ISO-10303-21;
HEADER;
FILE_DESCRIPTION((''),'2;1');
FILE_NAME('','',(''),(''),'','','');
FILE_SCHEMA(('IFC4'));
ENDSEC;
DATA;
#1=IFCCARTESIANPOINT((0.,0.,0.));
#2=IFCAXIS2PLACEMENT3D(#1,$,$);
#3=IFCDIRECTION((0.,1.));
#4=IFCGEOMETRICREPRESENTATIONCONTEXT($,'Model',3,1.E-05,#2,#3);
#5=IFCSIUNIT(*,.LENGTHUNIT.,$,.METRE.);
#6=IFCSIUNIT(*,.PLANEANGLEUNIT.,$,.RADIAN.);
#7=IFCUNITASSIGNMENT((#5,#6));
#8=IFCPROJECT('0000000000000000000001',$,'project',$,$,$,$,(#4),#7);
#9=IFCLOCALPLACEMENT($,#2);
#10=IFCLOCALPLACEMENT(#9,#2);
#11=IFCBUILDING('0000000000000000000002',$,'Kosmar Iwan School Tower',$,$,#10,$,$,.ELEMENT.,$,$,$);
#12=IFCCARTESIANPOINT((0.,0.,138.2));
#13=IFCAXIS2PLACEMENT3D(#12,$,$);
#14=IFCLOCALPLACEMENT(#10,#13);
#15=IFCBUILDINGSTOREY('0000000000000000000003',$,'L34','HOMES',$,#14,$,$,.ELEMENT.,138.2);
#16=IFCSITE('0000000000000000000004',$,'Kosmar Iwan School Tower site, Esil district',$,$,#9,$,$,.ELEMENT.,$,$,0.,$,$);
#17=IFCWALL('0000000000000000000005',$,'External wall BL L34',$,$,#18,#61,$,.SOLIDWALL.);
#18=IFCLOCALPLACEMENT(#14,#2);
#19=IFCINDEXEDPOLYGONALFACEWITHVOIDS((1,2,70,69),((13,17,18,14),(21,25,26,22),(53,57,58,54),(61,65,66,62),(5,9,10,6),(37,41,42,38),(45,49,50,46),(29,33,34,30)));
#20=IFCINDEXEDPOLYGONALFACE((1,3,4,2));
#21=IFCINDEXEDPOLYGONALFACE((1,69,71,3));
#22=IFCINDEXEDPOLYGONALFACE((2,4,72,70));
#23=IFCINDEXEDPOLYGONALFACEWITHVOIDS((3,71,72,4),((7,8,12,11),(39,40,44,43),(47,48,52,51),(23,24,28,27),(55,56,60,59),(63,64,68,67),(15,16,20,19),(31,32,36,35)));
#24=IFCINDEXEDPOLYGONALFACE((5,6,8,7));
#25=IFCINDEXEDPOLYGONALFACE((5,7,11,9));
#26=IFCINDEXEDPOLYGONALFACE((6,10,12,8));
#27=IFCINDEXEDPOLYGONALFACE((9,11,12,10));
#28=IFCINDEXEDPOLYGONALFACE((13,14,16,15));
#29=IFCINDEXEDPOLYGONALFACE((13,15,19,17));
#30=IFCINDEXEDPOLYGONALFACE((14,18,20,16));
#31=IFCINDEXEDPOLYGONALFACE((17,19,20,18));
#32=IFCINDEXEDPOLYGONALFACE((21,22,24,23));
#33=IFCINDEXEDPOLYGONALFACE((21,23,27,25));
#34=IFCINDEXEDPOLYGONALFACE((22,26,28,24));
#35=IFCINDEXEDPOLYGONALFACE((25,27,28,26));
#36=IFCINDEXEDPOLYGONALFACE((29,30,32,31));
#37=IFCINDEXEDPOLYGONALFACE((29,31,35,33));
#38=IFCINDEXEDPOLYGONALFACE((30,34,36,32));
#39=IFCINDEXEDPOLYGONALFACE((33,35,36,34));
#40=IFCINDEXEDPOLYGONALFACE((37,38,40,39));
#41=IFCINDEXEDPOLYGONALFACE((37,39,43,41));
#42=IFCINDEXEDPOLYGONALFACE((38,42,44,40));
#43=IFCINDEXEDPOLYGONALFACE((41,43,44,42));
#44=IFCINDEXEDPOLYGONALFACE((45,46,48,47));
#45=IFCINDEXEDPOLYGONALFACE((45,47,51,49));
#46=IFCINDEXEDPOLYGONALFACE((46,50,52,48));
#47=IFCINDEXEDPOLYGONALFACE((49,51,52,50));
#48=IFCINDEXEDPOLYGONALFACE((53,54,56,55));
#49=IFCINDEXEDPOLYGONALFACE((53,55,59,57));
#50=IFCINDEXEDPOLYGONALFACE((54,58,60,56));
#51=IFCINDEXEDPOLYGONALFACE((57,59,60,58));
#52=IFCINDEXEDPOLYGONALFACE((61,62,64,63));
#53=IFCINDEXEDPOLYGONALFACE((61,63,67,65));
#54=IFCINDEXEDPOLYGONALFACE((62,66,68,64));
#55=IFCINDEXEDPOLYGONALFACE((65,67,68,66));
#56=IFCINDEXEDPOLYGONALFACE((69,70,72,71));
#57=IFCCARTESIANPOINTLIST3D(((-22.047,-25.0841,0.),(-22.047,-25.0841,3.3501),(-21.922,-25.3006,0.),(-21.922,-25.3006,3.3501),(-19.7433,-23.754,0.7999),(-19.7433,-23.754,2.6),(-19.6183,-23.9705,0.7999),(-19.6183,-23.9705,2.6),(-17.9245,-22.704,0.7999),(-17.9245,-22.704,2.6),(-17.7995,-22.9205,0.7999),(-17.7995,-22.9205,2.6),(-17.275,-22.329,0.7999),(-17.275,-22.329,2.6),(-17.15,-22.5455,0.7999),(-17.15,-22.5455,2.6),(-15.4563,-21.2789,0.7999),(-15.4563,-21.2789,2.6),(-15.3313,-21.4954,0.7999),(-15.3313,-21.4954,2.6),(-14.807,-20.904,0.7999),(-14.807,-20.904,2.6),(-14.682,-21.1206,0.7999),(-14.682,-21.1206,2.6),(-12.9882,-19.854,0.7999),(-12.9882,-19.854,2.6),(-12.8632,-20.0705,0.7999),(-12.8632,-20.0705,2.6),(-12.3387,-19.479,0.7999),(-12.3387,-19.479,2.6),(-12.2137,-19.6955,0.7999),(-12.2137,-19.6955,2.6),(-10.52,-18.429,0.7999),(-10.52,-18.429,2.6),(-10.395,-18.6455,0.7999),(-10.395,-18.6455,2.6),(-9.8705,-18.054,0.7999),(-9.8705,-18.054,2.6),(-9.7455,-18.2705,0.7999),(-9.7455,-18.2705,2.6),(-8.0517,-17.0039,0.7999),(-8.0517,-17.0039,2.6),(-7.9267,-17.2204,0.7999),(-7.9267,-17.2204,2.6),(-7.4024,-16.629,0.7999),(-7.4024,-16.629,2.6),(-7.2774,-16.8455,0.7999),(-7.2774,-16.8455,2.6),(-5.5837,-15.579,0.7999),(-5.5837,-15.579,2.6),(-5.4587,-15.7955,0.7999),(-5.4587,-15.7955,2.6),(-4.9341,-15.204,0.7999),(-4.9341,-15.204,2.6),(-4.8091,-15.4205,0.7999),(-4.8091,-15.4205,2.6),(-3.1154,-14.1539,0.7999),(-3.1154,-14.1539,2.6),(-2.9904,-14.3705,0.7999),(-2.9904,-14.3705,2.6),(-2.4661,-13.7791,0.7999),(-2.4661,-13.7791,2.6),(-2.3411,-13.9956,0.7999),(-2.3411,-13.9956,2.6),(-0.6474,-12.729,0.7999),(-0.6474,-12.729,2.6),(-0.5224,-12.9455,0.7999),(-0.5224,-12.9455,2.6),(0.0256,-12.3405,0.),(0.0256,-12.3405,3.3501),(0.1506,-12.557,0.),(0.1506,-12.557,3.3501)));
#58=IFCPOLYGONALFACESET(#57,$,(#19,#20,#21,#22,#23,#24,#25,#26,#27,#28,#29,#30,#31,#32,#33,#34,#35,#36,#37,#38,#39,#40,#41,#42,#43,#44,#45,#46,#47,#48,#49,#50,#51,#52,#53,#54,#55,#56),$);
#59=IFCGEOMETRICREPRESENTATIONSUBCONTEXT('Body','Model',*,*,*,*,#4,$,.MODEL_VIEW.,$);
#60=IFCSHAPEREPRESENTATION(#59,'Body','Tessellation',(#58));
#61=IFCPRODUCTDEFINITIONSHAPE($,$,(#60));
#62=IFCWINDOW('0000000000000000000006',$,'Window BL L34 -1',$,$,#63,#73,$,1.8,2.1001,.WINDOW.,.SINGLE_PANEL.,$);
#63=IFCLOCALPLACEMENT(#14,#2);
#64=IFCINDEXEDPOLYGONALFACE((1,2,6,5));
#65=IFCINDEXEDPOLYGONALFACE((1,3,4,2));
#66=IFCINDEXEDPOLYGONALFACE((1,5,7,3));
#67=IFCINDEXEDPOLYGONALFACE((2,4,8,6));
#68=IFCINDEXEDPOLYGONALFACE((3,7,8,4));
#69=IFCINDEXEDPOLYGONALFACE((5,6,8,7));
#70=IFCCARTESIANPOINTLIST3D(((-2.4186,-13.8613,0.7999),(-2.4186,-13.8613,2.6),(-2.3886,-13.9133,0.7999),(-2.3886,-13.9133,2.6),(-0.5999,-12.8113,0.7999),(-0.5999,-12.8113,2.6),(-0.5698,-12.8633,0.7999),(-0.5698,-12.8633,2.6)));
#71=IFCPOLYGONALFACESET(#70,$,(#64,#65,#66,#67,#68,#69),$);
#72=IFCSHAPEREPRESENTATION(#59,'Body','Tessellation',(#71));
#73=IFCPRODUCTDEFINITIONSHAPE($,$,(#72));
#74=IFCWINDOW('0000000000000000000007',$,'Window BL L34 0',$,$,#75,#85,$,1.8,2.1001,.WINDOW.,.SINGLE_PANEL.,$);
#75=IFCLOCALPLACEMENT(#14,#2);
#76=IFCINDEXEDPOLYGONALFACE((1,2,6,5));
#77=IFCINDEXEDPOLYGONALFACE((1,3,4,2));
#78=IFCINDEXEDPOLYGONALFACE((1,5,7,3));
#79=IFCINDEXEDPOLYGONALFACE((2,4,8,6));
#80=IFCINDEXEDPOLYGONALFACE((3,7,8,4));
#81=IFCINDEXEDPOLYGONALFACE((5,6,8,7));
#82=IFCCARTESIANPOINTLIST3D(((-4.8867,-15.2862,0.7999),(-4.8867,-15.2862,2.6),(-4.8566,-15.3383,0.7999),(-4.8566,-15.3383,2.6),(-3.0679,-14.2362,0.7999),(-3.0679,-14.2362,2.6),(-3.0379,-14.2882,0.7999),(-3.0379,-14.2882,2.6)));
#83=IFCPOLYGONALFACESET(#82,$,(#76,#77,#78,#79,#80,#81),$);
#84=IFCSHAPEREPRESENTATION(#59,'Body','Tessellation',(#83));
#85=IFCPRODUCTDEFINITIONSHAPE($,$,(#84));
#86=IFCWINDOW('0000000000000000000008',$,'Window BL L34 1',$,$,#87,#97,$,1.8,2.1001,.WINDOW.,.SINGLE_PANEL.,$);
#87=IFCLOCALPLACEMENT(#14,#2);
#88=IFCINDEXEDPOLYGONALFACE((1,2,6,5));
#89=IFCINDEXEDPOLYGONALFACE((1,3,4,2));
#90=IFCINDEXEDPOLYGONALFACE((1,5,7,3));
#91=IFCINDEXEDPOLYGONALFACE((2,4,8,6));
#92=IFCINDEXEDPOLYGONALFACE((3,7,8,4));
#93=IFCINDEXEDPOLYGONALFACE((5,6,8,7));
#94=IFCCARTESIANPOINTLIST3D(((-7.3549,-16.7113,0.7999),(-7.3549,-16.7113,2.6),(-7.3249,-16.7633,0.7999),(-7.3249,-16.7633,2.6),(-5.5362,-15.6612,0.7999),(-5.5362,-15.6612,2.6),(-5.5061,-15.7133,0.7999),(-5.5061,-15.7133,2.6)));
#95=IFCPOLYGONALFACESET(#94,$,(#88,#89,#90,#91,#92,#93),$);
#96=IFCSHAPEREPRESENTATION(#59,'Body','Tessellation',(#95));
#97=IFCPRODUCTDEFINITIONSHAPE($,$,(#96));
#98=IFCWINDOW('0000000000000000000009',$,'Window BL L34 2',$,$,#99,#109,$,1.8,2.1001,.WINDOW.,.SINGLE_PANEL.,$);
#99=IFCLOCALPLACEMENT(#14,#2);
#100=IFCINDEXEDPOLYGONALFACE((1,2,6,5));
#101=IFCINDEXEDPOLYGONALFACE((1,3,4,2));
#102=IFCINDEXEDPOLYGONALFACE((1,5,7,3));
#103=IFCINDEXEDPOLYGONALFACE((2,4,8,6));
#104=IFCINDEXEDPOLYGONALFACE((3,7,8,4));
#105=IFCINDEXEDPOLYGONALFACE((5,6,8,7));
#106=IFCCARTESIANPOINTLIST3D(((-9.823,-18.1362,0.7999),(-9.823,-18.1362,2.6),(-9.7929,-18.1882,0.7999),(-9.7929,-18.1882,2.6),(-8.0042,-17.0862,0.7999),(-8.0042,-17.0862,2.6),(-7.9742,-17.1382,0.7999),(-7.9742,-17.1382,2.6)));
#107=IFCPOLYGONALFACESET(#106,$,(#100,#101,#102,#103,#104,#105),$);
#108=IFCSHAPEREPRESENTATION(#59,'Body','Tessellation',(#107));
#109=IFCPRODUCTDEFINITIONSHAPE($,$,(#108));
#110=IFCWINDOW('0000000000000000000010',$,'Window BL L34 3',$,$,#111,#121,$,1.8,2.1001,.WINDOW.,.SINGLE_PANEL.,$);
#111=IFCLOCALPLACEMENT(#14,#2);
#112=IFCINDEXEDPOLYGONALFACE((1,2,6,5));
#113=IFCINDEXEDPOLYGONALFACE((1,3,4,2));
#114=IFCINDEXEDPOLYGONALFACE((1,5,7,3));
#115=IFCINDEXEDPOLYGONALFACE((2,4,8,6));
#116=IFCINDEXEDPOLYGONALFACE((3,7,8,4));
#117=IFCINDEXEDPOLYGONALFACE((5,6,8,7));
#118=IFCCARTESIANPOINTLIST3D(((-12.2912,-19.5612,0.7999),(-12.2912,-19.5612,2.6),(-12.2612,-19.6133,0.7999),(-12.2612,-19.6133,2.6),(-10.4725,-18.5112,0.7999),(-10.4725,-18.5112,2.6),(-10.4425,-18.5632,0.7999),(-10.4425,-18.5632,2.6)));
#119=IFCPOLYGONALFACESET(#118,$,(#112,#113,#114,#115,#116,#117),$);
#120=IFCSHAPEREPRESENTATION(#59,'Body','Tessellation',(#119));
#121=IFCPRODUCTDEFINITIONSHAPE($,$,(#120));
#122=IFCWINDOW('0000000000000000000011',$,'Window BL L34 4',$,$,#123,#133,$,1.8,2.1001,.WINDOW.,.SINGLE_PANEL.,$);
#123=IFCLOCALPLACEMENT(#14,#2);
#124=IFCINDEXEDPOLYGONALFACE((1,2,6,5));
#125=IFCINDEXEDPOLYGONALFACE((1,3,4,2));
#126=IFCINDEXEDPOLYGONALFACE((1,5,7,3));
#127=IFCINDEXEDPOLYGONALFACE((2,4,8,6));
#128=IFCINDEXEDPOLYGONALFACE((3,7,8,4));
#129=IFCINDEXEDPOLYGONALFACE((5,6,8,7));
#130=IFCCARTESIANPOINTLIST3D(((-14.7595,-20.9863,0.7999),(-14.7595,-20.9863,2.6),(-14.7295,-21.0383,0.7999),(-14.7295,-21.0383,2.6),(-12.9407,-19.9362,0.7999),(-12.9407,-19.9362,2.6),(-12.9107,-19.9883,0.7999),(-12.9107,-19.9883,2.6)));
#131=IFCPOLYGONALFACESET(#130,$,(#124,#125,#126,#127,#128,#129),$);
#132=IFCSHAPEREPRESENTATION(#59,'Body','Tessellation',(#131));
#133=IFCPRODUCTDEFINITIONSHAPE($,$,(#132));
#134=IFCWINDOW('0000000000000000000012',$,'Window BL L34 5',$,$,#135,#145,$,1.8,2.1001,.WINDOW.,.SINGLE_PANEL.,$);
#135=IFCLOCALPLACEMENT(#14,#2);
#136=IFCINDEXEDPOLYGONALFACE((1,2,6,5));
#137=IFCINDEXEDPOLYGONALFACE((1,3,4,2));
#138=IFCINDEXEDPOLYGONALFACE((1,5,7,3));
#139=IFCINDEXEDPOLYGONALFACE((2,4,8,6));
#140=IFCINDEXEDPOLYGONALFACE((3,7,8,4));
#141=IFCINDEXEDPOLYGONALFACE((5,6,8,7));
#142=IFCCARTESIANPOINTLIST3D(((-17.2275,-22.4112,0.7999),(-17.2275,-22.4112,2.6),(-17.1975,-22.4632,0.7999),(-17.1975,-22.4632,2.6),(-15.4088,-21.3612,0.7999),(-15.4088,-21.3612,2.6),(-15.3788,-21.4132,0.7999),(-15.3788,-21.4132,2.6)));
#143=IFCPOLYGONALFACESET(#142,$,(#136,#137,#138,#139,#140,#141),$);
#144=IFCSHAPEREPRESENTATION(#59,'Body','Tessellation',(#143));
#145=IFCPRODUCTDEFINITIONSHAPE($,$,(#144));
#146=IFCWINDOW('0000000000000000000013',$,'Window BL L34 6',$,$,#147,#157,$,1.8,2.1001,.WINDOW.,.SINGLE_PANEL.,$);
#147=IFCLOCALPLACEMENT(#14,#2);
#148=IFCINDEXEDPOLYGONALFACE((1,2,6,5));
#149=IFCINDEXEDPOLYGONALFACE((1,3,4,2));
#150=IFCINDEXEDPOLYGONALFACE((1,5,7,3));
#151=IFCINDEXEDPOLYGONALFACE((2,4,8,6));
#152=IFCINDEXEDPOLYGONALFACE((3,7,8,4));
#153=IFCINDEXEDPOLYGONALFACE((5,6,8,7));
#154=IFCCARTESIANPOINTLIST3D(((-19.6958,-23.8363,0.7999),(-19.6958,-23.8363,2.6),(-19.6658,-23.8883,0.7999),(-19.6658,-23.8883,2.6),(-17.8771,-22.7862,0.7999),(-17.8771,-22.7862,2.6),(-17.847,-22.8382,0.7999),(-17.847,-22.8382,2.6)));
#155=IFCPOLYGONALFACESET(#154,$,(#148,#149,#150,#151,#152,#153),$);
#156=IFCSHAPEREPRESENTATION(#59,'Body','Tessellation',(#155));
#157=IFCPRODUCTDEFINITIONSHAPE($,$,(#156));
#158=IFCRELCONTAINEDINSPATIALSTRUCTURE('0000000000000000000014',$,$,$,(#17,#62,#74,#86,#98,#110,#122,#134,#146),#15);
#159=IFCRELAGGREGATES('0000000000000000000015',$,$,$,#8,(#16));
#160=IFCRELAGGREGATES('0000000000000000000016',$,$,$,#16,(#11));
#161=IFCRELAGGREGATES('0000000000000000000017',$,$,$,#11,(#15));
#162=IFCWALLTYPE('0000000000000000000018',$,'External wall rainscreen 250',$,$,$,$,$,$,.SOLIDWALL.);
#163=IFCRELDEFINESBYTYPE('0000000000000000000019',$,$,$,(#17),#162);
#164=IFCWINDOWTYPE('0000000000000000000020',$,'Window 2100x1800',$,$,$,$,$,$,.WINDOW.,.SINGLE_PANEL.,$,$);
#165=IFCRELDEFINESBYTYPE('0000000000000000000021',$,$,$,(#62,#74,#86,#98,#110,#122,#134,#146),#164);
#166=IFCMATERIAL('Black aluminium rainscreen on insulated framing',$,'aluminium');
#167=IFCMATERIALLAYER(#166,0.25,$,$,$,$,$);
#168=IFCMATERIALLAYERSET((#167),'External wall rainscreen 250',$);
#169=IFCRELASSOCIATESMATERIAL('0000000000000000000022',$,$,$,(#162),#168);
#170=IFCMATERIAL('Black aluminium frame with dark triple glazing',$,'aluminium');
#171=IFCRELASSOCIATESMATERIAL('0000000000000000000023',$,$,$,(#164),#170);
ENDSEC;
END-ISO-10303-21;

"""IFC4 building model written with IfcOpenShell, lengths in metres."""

from ifc_helpers import new_model, si_unit, direction, frame, frame_2d, origin, place, context, subcontext, project, spatial, rectangle, extrude, material, layer, layer_set, type_object, element, fill, save


model = new_model("IFC4")

# Units and contexts
model_context = context("Model", 3, precision=1e-05, world=origin(), true_north=direction((0.0, 1.0)))
body_context = subcontext(model_context, "Body", "Model", "MODEL_VIEW")
ifc_project = project(units=[si_unit("LENGTHUNIT", "METRE"), si_unit("PLANEANGLEUNIT", "RADIAN")], contexts=[model_context])

# Site, building, storey
site_placement = place(None, origin())
site = spatial("IfcSite", under=ifc_project, at=site_placement, Name="Kosmar Iwan School Tower site, Esil district", CompositionType="ELEMENT", RefElevation=0.0)
building_placement = place(site_placement, origin())
building = spatial("IfcBuilding", under=site, at=building_placement, Name="Kosmar Iwan School Tower", CompositionType="ELEMENT")
storey_placement = place(building_placement, frame((0.0, 0.0, 138.2)))
storey = spatial("IfcBuildingStorey", under=building, at=storey_placement, Name="L34", Description="HOMES", CompositionType="ELEMENT", Elevation=138.2)

# Wall, openings, windows
ifc_material_1 = material(Name="Black aluminium rainscreen on insulated framing", Category="aluminium")
ifc_layer_1 = layer(ifc_material_1, 0.25)
ifc_layer_set_1 = layer_set([ifc_layer_1], Name="External wall rainscreen 250")
wall_type_1 = type_object("IfcWallType", Name="External wall rainscreen 250", PredefinedType="SOLIDWALL", material=ifc_layer_set_1)
wall_1_placement = place(storey_placement, frame((0.0881, -12.4487, 0.0), z_axis=(0.0, 0.0, 1.0), x_axis=(-0.866026, -0.499998, 0.0)))
wall_1 = element("IfcWall", 1, at=wall_1_placement, inside=storey, type_object=wall_type_1, Name="External wall BL L34", PredefinedType="SOLIDWALL", context=body_context, shape_type="SweptSolid", body=[
    extrude(rectangle(XDim=25.4873, YDim=0.25, at=frame_2d((12.7437, 0.0))), origin(), (0.0, 0.0, 1.0), 3.3501),
])
opening_1_placement = place(wall_1_placement, frame((0.7771, 0.0, 0.8)))
opening_1 = element("IfcOpeningElement", 2, at=opening_1_placement, cuts=wall_1, PredefinedType="OPENING", context=body_context, shape_type="SweptSolid", body=[
    extrude(rectangle(XDim=2.1001, YDim=1.8, at=frame_2d((1.05, 0.8999))), frame((0.0, 0.137, 0.0), z_axis=(0.0, -1.0, 0.0), x_axis=(1.0, 0.0, 0.0)), (0.0, 0.0, 1.0), 0.2739),
])
opening_2_placement = place(wall_1_placement, frame((3.627, 0.0, 0.8)))
opening_2 = element("IfcOpeningElement", 3, at=opening_2_placement, cuts=wall_1, PredefinedType="OPENING", context=body_context, shape_type="SweptSolid", body=[
    extrude(rectangle(XDim=2.1001, YDim=1.8, at=frame_2d((1.05, 0.8999))), frame((0.0, 0.137, 0.0), z_axis=(0.0, -1.0, 0.0), x_axis=(1.0, 0.0, 0.0)), (0.0, 0.0, 1.0), 0.2739),
])
opening_3_placement = place(wall_1_placement, frame((6.4771, 0.0, 0.8)))
opening_3 = element("IfcOpeningElement", 4, at=opening_3_placement, cuts=wall_1, PredefinedType="OPENING", context=body_context, shape_type="SweptSolid", body=[
    extrude(rectangle(XDim=2.1001, YDim=1.8, at=frame_2d((1.05, 0.8999))), frame((0.0, 0.137, 0.0), z_axis=(0.0, -1.0, 0.0), x_axis=(1.0, 0.0, 0.0)), (0.0, 0.0, 1.0), 0.2739),
])
opening_4_placement = place(wall_1_placement, frame((9.3269, 0.0, 0.8)))
opening_4 = element("IfcOpeningElement", 5, at=opening_4_placement, cuts=wall_1, PredefinedType="OPENING", context=body_context, shape_type="SweptSolid", body=[
    extrude(rectangle(XDim=2.1001, YDim=1.8, at=frame_2d((1.05, 0.8999))), frame((0.0, 0.137, 0.0), z_axis=(0.0, -1.0, 0.0), x_axis=(1.0, 0.0, 0.0)), (0.0, 0.0, 1.0), 0.2739),
])
opening_5_placement = place(wall_1_placement, frame((12.177, 0.0, 0.8)))
opening_5 = element("IfcOpeningElement", 6, at=opening_5_placement, cuts=wall_1, PredefinedType="OPENING", context=body_context, shape_type="SweptSolid", body=[
    extrude(rectangle(XDim=2.1001, YDim=1.8, at=frame_2d((1.05, 0.8999))), frame((0.0, 0.137, 0.0), z_axis=(0.0, -1.0, 0.0), x_axis=(1.0, 0.0, 0.0)), (0.0, 0.0, 1.0), 0.2739),
])
opening_6_placement = place(wall_1_placement, frame((15.0271, 0.0, 0.8)))
opening_6 = element("IfcOpeningElement", 7, at=opening_6_placement, cuts=wall_1, PredefinedType="OPENING", context=body_context, shape_type="SweptSolid", body=[
    extrude(rectangle(XDim=2.1001, YDim=1.8, at=frame_2d((1.05, 0.8999))), frame((0.0, 0.137, 0.0), z_axis=(0.0, -1.0, 0.0), x_axis=(1.0, 0.0, 0.0)), (0.0, 0.0, 1.0), 0.2739),
])
opening_7_placement = place(wall_1_placement, frame((17.877, 0.0, 0.8)))
opening_7 = element("IfcOpeningElement", 8, at=opening_7_placement, cuts=wall_1, PredefinedType="OPENING", context=body_context, shape_type="SweptSolid", body=[
    extrude(rectangle(XDim=2.1001, YDim=1.8, at=frame_2d((1.05, 0.8999))), frame((0.0, 0.137, 0.0), z_axis=(0.0, -1.0, 0.0), x_axis=(1.0, 0.0, 0.0)), (0.0, 0.0, 1.0), 0.2739),
])
opening_8_placement = place(wall_1_placement, frame((20.7271, 0.0, 0.8)))
opening_8 = element("IfcOpeningElement", 9, at=opening_8_placement, cuts=wall_1, PredefinedType="OPENING", context=body_context, shape_type="SweptSolid", body=[
    extrude(rectangle(XDim=2.1001, YDim=1.8, at=frame_2d((1.05, 0.8999))), frame((0.0, 0.137, 0.0), z_axis=(0.0, -1.0, 0.0), x_axis=(1.0, 0.0, 0.0)), (0.0, 0.0, 1.0), 0.2739),
])
ifc_material_2 = material(Name="Black aluminium frame with dark triple glazing", Category="aluminium")
window_type = type_object("IfcWindowType", Name="Window 2100x1800", PartitioningType="SINGLE_PANEL", PredefinedType="WINDOW", material=ifc_material_2)
window_1_placement = place(opening_1_placement, origin())
window_1 = element("IfcWindow", 10, at=window_1_placement, inside=storey, type_object=window_type, Name="Window BL L34 -1", OverallHeight=1.8, OverallWidth=2.1001, PartitioningType="SINGLE_PANEL", PredefinedType="WINDOW", context=body_context, shape_type="SweptSolid", body=[
    extrude(rectangle(XDim=2.1001, YDim=1.8, at=frame_2d((1.05, 0.8999))), frame((0.0, 0.03, 0.0), z_axis=(0.0, -1.0, 0.0), x_axis=(1.0, 0.0, 0.0)), (0.0, 0.0, 1.0), 0.0601),
])
fill(opening_1, window_1)
window_2_placement = place(opening_2_placement, origin())
window_2 = element("IfcWindow", 11, at=window_2_placement, inside=storey, type_object=window_type, Name="Window BL L34 0", OverallHeight=1.8, OverallWidth=2.1001, PartitioningType="SINGLE_PANEL", PredefinedType="WINDOW", context=body_context, shape_type="SweptSolid", body=[
    extrude(rectangle(XDim=2.1001, YDim=1.8, at=frame_2d((1.05, 0.8999))), frame((0.0, 0.03, 0.0), z_axis=(0.0, -1.0, 0.0), x_axis=(1.0, 0.0, 0.0)), (0.0, 0.0, 1.0), 0.0601),
])
fill(opening_2, window_2)
window_3_placement = place(opening_3_placement, origin())
window_3 = element("IfcWindow", 12, at=window_3_placement, inside=storey, type_object=window_type, Name="Window BL L34 1", OverallHeight=1.8, OverallWidth=2.1001, PartitioningType="SINGLE_PANEL", PredefinedType="WINDOW", context=body_context, shape_type="SweptSolid", body=[
    extrude(rectangle(XDim=2.1001, YDim=1.8, at=frame_2d((1.05, 0.8999))), frame((0.0, 0.03, 0.0), z_axis=(0.0, -1.0, 0.0), x_axis=(1.0, 0.0, 0.0)), (0.0, 0.0, 1.0), 0.0601),
])
fill(opening_3, window_3)
window_4_placement = place(opening_4_placement, origin())
window_4 = element("IfcWindow", 13, at=window_4_placement, inside=storey, type_object=window_type, Name="Window BL L34 2", OverallHeight=1.8, OverallWidth=2.1001, PartitioningType="SINGLE_PANEL", PredefinedType="WINDOW", context=body_context, shape_type="SweptSolid", body=[
    extrude(rectangle(XDim=2.1001, YDim=1.8, at=frame_2d((1.05, 0.8999))), frame((0.0, 0.03, 0.0), z_axis=(0.0, -1.0, 0.0), x_axis=(1.0, 0.0, 0.0)), (0.0, 0.0, 1.0), 0.0601),
])
fill(opening_4, window_4)
window_5_placement = place(opening_5_placement, origin())
window_5 = element("IfcWindow", 14, at=window_5_placement, inside=storey, type_object=window_type, Name="Window BL L34 3", OverallHeight=1.8, OverallWidth=2.1001, PartitioningType="SINGLE_PANEL", PredefinedType="WINDOW", context=body_context, shape_type="SweptSolid", body=[
    extrude(rectangle(XDim=2.1001, YDim=1.8, at=frame_2d((1.05, 0.8999))), frame((0.0, 0.03, 0.0), z_axis=(0.0, -1.0, 0.0), x_axis=(1.0, 0.0, 0.0)), (0.0, 0.0, 1.0), 0.0601),
])
fill(opening_5, window_5)
window_6_placement = place(opening_6_placement, origin())
window_6 = element("IfcWindow", 15, at=window_6_placement, inside=storey, type_object=window_type, Name="Window BL L34 4", OverallHeight=1.8, OverallWidth=2.1001, PartitioningType="SINGLE_PANEL", PredefinedType="WINDOW", context=body_context, shape_type="SweptSolid", body=[
    extrude(rectangle(XDim=2.1001, YDim=1.8, at=frame_2d((1.05, 0.8999))), frame((0.0, 0.03, 0.0), z_axis=(0.0, -1.0, 0.0), x_axis=(1.0, 0.0, 0.0)), (0.0, 0.0, 1.0), 0.0601),
])
fill(opening_6, window_6)
window_7_placement = place(opening_7_placement, origin())
window_7 = element("IfcWindow", 16, at=window_7_placement, inside=storey, type_object=window_type, Name="Window BL L34 5", OverallHeight=1.8, OverallWidth=2.1001, PartitioningType="SINGLE_PANEL", PredefinedType="WINDOW", context=body_context, shape_type="SweptSolid", body=[
    extrude(rectangle(XDim=2.1001, YDim=1.8, at=frame_2d((1.05, 0.8999))), frame((0.0, 0.03, 0.0), z_axis=(0.0, -1.0, 0.0), x_axis=(1.0, 0.0, 0.0)), (0.0, 0.0, 1.0), 0.0601),
])
fill(opening_7, window_7)
window_8_placement = place(opening_8_placement, origin())
window_8 = element("IfcWindow", 17, at=window_8_placement, inside=storey, type_object=window_type, Name="Window BL L34 6", OverallHeight=1.8, OverallWidth=2.1001, PartitioningType="SINGLE_PANEL", PredefinedType="WINDOW", context=body_context, shape_type="SweptSolid", body=[
    extrude(rectangle(XDim=2.1001, YDim=1.8, at=frame_2d((1.05, 0.8999))), frame((0.0, 0.03, 0.0), z_axis=(0.0, -1.0, 0.0), x_axis=(1.0, 0.0, 0.0)), (0.0, 0.0, 1.0), 0.0601),
])
fill(opening_8, window_8)

save(model, "model.ifc")
